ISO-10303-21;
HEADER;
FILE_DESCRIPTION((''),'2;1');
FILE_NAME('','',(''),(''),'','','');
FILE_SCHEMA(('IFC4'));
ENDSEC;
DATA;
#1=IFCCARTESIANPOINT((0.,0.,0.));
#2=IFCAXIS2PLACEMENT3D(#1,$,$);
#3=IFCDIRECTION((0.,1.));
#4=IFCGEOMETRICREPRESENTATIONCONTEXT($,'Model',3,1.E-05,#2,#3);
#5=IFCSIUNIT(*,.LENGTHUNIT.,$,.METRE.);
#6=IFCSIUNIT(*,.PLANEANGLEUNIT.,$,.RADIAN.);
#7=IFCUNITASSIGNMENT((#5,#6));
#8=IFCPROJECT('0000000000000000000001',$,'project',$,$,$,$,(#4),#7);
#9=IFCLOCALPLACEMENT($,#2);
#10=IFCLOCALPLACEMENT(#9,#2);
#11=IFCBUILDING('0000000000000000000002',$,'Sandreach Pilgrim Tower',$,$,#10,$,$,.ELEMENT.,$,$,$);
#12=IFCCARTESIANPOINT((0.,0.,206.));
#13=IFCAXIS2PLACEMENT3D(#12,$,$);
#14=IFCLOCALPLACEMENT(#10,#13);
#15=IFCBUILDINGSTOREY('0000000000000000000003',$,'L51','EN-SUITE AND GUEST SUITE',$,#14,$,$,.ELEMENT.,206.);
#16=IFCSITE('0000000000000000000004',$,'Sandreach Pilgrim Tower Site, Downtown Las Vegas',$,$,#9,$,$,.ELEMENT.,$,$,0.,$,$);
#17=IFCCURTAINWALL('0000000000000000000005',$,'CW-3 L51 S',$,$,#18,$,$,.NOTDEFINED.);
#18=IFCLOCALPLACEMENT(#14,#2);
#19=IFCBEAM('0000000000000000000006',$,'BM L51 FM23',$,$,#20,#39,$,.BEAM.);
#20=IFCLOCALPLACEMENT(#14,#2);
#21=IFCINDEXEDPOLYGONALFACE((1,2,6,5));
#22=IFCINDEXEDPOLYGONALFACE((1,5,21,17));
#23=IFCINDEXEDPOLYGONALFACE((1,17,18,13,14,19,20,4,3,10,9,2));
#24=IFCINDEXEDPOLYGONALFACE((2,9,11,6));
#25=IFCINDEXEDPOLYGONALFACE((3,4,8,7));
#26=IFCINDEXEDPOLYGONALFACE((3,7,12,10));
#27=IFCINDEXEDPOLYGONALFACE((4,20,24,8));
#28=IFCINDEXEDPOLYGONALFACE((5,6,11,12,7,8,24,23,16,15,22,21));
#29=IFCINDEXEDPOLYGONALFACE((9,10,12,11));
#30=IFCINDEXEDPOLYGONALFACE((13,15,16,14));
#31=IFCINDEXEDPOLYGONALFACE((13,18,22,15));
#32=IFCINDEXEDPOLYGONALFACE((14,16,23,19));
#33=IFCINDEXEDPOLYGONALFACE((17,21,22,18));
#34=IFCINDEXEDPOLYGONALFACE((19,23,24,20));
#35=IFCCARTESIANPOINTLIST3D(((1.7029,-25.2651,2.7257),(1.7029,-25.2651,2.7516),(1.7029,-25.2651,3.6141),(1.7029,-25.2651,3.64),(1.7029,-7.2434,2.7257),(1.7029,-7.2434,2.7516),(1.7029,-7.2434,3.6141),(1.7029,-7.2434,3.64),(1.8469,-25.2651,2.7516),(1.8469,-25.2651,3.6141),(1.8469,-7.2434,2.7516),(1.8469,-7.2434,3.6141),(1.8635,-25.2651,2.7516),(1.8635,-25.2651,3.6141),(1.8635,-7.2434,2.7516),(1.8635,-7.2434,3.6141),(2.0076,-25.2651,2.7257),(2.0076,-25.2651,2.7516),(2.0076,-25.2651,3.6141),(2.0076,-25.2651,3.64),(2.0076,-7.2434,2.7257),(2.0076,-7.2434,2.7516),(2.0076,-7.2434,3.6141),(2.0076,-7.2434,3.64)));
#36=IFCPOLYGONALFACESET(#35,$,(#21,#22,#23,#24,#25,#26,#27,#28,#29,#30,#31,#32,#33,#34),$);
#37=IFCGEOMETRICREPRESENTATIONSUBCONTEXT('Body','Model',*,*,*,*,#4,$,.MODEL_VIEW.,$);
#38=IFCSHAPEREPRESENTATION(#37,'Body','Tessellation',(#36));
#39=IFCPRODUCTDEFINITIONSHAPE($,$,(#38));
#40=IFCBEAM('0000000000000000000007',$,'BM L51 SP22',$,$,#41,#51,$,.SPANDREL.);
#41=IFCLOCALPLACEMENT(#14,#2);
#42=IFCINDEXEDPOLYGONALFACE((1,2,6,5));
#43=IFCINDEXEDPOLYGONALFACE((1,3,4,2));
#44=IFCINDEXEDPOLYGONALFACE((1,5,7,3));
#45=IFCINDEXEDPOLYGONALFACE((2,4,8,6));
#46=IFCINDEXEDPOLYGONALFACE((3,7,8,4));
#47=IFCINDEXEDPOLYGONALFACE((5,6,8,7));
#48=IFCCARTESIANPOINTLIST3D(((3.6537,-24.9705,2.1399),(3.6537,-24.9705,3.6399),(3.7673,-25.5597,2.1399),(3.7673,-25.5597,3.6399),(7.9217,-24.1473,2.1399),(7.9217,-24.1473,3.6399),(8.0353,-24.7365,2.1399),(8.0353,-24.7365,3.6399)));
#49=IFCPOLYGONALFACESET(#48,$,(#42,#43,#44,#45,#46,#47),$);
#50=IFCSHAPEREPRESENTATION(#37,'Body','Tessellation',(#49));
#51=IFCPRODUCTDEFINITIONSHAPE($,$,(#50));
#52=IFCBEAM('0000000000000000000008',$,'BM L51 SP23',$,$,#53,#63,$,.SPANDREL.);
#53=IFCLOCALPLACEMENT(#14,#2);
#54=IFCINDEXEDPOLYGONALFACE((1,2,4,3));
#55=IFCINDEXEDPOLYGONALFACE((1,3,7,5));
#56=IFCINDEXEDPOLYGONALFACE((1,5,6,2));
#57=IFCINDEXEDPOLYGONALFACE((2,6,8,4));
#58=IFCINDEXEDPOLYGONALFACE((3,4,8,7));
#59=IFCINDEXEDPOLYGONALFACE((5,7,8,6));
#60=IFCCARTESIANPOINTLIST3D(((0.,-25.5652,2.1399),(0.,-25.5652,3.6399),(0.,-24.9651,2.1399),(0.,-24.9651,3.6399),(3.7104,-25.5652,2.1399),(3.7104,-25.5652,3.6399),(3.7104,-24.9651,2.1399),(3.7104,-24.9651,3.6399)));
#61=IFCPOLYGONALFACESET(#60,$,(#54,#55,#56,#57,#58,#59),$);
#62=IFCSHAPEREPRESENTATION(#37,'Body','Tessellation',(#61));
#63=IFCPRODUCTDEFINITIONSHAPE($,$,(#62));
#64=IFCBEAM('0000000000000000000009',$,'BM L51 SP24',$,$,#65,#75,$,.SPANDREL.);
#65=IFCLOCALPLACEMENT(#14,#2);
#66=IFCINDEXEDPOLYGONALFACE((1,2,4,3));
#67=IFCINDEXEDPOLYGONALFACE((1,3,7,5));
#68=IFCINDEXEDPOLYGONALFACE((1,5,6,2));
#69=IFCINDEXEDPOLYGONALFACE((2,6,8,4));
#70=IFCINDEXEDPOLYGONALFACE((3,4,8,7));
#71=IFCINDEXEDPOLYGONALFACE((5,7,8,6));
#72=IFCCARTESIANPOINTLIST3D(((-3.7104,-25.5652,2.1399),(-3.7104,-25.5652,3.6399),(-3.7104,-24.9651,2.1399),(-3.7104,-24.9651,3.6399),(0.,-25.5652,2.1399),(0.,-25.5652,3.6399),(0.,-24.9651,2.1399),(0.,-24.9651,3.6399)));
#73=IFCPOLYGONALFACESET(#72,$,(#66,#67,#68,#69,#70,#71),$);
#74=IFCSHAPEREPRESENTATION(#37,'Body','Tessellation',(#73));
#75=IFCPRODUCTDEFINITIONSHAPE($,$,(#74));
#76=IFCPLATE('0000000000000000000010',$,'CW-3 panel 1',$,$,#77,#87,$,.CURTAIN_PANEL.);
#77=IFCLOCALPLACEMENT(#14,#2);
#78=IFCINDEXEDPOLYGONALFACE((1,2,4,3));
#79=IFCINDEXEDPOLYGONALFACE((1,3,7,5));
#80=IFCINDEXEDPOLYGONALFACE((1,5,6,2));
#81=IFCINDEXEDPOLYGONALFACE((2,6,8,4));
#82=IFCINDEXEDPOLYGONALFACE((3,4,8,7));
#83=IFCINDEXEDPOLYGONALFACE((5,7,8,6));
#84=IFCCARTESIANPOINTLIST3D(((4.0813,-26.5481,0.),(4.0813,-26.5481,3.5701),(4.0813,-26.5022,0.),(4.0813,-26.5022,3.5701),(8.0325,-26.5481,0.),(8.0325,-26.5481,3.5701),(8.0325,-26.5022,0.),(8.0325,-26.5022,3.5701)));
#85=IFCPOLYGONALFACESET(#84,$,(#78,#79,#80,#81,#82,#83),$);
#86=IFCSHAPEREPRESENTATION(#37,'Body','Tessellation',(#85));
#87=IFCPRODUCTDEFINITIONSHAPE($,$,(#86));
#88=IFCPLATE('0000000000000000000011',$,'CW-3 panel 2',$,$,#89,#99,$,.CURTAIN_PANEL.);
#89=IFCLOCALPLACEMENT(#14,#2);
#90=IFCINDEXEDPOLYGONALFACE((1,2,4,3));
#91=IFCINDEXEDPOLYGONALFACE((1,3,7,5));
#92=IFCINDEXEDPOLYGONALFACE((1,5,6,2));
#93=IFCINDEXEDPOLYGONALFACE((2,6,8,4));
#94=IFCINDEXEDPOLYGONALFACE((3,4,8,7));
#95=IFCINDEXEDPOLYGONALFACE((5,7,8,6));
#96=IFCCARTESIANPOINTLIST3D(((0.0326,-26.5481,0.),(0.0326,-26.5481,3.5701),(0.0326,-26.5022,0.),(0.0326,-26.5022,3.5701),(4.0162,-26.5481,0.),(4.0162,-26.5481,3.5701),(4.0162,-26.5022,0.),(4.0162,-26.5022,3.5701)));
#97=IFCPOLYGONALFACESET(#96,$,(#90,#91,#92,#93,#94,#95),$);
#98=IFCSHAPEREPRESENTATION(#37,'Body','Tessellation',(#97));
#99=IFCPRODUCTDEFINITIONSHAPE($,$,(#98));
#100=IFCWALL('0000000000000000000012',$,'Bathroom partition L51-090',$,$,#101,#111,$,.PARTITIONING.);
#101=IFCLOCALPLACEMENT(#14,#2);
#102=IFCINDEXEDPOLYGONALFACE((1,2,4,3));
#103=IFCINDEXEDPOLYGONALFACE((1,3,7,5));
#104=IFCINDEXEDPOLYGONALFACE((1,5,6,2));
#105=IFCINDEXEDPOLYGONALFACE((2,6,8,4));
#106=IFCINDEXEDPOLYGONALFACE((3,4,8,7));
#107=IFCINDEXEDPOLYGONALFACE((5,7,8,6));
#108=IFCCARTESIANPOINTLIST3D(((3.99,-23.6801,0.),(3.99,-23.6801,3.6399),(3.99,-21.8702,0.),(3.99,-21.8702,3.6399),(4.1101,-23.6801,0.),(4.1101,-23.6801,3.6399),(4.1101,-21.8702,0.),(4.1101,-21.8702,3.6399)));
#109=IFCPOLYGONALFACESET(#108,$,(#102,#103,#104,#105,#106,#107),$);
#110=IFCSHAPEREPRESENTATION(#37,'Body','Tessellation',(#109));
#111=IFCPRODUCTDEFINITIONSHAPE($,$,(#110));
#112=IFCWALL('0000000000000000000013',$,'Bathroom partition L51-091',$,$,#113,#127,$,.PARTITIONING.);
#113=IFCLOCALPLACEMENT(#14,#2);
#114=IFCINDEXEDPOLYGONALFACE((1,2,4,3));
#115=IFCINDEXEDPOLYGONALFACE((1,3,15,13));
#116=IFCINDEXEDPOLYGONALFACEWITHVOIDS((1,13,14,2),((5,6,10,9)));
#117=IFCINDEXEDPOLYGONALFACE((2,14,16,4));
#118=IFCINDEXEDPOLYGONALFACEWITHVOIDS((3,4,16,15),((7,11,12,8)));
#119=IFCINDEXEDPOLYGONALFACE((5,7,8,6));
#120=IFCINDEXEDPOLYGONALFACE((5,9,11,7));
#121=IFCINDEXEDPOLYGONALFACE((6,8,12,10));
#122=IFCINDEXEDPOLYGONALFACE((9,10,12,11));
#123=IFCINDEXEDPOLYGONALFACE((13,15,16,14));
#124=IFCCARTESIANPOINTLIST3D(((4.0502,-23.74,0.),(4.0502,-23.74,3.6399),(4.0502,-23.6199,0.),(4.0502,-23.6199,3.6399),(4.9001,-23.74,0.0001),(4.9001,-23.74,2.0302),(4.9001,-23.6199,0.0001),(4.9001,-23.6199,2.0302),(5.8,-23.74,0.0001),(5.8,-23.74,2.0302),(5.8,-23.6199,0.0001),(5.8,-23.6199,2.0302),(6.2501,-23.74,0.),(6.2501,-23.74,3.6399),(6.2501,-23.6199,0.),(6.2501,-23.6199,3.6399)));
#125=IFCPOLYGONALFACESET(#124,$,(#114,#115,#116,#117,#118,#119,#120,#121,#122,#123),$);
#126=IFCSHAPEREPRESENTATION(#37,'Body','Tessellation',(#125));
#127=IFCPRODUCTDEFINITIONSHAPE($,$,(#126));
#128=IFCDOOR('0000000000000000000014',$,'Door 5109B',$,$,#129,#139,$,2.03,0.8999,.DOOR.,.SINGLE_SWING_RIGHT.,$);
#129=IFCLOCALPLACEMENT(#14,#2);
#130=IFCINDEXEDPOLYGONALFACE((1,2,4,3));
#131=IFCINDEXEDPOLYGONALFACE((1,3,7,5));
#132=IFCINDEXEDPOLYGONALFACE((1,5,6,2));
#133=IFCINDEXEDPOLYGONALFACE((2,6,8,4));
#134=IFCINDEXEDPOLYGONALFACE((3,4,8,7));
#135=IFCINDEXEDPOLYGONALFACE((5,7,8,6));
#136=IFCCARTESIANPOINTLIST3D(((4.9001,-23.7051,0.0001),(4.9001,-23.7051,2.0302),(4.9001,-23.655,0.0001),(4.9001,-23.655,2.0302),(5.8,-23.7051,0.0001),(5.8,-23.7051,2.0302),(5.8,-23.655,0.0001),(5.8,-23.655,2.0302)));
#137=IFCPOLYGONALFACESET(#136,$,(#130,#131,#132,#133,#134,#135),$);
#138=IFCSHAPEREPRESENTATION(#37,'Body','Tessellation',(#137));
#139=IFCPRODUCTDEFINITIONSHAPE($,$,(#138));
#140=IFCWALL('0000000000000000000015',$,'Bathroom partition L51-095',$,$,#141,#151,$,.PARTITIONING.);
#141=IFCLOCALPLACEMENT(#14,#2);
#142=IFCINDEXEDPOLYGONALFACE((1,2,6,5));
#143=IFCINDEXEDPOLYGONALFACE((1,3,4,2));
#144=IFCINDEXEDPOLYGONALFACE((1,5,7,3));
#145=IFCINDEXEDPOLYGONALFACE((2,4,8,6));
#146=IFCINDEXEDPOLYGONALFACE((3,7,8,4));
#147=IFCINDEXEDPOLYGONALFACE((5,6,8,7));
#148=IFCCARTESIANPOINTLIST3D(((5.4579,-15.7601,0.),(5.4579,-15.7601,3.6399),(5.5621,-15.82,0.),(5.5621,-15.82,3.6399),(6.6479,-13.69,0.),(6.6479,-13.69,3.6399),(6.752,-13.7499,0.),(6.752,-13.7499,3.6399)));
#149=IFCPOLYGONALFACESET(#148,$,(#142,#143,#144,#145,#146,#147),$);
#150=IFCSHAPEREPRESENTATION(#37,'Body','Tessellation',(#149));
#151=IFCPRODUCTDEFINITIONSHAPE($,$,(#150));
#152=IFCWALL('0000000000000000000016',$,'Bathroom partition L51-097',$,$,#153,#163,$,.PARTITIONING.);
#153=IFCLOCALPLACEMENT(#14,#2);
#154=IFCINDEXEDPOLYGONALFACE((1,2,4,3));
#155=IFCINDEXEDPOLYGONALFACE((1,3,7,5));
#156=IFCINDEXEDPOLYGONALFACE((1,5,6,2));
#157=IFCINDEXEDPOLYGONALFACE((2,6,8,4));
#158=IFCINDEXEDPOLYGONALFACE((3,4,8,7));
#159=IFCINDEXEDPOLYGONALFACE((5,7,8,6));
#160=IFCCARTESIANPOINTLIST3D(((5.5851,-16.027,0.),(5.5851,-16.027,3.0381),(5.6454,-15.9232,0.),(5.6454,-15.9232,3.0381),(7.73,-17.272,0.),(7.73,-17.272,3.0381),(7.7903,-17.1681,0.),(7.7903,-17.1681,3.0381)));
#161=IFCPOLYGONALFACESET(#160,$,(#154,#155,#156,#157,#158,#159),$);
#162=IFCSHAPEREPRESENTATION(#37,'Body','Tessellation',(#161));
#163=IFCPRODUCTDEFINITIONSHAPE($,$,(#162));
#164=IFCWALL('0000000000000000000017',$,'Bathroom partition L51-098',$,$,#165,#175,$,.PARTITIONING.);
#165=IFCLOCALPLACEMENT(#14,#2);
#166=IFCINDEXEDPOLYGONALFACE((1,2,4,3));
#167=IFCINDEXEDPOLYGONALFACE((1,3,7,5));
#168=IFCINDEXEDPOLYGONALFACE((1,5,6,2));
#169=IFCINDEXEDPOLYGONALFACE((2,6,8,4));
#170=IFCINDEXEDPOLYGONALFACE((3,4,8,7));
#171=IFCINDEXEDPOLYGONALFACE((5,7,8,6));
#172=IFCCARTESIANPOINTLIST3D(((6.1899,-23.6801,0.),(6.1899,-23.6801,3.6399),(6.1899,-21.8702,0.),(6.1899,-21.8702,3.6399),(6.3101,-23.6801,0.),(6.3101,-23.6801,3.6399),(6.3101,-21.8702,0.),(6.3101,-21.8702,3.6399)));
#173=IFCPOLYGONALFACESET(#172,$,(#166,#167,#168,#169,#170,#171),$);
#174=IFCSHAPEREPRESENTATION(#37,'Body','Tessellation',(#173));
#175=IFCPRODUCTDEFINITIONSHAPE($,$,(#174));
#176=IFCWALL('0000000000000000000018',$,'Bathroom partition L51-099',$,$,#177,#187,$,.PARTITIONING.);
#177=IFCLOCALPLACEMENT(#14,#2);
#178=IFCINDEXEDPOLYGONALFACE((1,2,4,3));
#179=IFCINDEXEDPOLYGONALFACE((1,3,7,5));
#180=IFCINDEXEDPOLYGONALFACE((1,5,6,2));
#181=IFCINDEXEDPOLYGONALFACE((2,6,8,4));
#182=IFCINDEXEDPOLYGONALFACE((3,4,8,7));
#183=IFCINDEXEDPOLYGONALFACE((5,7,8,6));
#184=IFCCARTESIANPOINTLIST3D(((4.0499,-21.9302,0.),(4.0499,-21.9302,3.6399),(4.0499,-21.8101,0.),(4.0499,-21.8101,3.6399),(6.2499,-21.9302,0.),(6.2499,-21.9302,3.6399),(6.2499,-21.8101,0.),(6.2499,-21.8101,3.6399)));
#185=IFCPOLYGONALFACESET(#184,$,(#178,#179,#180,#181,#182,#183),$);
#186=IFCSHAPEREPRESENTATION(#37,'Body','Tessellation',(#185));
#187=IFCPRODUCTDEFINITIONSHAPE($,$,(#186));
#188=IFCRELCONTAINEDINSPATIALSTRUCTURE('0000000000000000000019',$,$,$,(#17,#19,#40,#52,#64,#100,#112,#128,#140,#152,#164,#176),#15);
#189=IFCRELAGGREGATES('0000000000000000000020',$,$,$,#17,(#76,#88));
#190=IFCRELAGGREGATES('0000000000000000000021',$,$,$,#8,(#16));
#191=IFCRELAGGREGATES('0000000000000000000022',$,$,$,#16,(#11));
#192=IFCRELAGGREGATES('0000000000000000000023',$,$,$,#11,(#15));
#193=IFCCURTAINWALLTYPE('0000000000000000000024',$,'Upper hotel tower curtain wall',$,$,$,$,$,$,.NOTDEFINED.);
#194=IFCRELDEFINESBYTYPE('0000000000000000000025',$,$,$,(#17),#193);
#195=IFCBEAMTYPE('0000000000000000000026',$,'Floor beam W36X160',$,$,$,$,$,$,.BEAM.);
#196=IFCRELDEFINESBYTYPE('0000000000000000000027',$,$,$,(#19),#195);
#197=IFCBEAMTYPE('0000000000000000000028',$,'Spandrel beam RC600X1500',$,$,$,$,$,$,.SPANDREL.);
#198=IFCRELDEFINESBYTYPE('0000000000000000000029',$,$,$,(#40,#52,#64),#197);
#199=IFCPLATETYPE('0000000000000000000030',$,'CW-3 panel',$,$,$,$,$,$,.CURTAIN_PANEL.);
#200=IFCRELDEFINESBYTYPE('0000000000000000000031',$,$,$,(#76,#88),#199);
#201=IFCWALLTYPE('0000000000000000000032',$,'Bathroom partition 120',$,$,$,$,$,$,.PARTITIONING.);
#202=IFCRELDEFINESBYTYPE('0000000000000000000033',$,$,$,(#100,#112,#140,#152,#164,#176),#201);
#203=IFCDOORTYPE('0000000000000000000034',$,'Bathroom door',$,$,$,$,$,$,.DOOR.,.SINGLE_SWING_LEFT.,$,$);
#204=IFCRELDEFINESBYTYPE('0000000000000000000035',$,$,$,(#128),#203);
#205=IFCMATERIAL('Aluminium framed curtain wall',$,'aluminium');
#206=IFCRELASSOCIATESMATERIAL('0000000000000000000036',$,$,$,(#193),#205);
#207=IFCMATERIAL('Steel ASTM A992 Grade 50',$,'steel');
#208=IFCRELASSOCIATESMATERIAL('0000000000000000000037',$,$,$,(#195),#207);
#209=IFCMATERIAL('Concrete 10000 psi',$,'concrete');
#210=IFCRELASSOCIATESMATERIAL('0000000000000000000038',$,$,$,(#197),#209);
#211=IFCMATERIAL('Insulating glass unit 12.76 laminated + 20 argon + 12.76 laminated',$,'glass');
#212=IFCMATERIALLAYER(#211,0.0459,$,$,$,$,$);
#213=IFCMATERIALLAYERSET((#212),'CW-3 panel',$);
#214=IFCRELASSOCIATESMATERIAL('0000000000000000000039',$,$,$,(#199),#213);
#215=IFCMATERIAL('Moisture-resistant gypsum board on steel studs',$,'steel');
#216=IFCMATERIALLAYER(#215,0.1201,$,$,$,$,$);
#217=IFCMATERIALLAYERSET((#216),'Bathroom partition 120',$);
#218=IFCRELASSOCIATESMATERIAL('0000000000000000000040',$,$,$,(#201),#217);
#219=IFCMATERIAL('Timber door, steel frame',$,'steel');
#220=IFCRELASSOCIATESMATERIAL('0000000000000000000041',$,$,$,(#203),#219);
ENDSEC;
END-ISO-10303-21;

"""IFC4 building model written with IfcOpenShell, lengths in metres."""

from ifc_helpers import new_model, si_unit, direction, frame, frame_2d, origin, origin_2d, place, context, subcontext, project, spatial, rectangle, i_section, extrude, material, layer, layer_set, material_profile, profile_set, type_object, element, fill, aggregate, save


model = new_model("IFC4")

# Units and contexts
model_context = context("Model", 3, precision=1e-05, world=origin(), true_north=direction((0.0, 1.0)))
body_context = subcontext(model_context, "Body", "Model", "MODEL_VIEW")
ifc_project = project(units=[si_unit("LENGTHUNIT", "METRE"), si_unit("PLANEANGLEUNIT", "RADIAN")], contexts=[model_context])

# Site, building, storey
site_placement = place(None, origin())
site = spatial("IfcSite", under=ifc_project, at=site_placement, Name="Sandreach Pilgrim Tower Site, Downtown Las Vegas", CompositionType="ELEMENT", RefElevation=0.0)
building_placement = place(site_placement, origin())
building = spatial("IfcBuilding", under=site, at=building_placement, Name="Sandreach Pilgrim Tower", CompositionType="ELEMENT")
storey_placement = place(building_placement, frame((0.0, 0.0, 206.0)))
storey = spatial("IfcBuildingStorey", under=building, at=storey_placement, Name="L51", Description="EN-SUITE AND GUEST SUITE", CompositionType="ELEMENT", Elevation=206.0)

# Curtain wall
ifc_material_1 = material(Name="Aluminium framed curtain wall", Category="aluminium")
curtain_wall_type = type_object("IfcCurtainWallType", Name="Upper hotel tower curtain wall", PredefinedType="NOTDEFINED", material=ifc_material_1)
curtain_wall_placement = place(storey_placement, origin())
curtain_wall = element("IfcCurtainWall", 1, at=curtain_wall_placement, inside=storey, type_object=curtain_wall_type, Name="CW-3 L51 S", PredefinedType="NOTDEFINED")

# Beams
ifc_material_2 = material(Name="Steel ASTM A992 Grade 50", Category="steel")
ifc_material_profile_1 = material_profile(ifc_material_2, i_section(OverallWidth=0.3047, OverallDepth=0.9143, WebThickness=0.0166, FlangeThickness=0.0259, at=origin_2d()), Name="W36X160")
ifc_profile_set_1 = profile_set([ifc_material_profile_1], Name="Steel ASTM A992 Grade 50")
beam_type_1 = type_object("IfcBeamType", Name="Floor beam W36X160", PredefinedType="BEAM", material=ifc_profile_set_1)
beam_1_placement = place(storey_placement, frame((1.8552, -25.2651, 3.1829), z_axis=(0.0, 1.0, 0.0), x_axis=(-1.0, 0.0, 0.0)))
element("IfcBeam", 2, at=beam_1_placement, inside=storey, type_object=beam_type_1, Name="BM L51 FM23", PredefinedType="BEAM", context=body_context, shape_type="SweptSolid", body=[
    extrude(i_section(OverallWidth=0.3047, OverallDepth=0.9143, WebThickness=0.0166, FlangeThickness=0.0259, at=origin_2d()), origin(), (0.0, 0.0, 1.0), 18.0217),
])
ifc_material_3 = material(Name="Concrete 10000 psi", Category="concrete")
ifc_material_profile_2 = material_profile(ifc_material_3, rectangle(XDim=0.6001, YDim=1.5, at=origin_2d()), Name="RC600X1500")
ifc_profile_set_2 = profile_set([ifc_material_profile_2], Name="Concrete 10000 psi")
beam_type_2 = type_object("IfcBeamType", Name="Spandrel beam RC600X1500", PredefinedType="SPANDREL", material=ifc_profile_set_2)
beam_2_placement = place(storey_placement, frame((7.9785, -24.4419, 2.8899), z_axis=(-0.981901, -0.189393, 0.0), x_axis=(0.189393, -0.981901, 0.0)))
element("IfcBeam", 3, at=beam_2_placement, inside=storey, type_object=beam_type_2, Name="BM L51 SP22", PredefinedType="SPANDREL", context=body_context, shape_type="SweptSolid", body=[
    extrude(rectangle(XDim=0.6001, YDim=1.5, at=origin_2d()), origin(), (0.0, 0.0, 1.0), 4.3467),
])
for number, where, z_axis, x_axis, name in (
    (4, (3.7104, -25.2651, 2.8899), (-1.0, 0.0, 0.0), (0.0, -1.0, 0.0), "BM L51 SP23"),
    (5, (0.0, -25.2651, 2.8899), (-1.0, 0.0, 0.0), (0.0, -1.0, 0.0), "BM L51 SP24"),
):
    element("IfcBeam", number, at=place(storey_placement, frame(where, z_axis=z_axis, x_axis=x_axis)), inside=storey, type_object=beam_type_2, Name=name, PredefinedType="SPANDREL", context=body_context, shape_type="SweptSolid", body=[
        extrude(rectangle(XDim=0.6001, YDim=1.5, at=origin_2d()), origin(), (0.0, 0.0, 1.0), 3.7104),
    ])

# Plates
ifc_material_4 = material(Name="Insulating glass unit 12.76 laminated + 20 argon + 12.76 laminated", Category="glass")
ifc_layer_1 = layer(ifc_material_4, 0.0459)
ifc_layer_set_1 = layer_set([ifc_layer_1], Name="CW-3 panel")
plate_type = type_object("IfcPlateType", Name="CW-3 panel", PredefinedType="CURTAIN_PANEL", material=ifc_layer_set_1)
plate_1_placement = place(storey_placement, frame((6.0569, -26.5251, 0.0), z_axis=(0.0, 0.0, 1.0), x_axis=(-1.0, 0.0, 0.0)))
plate_1 = element("IfcPlate", 6, at=plate_1_placement, type_object=plate_type, Name="CW-3 panel 1", PredefinedType="CURTAIN_PANEL", context=body_context, shape_type="SweptSolid", body=[
    extrude(rectangle(XDim=3.9512, YDim=0.0459, at=origin_2d()), origin(), (0.0, 0.0, 1.0), 3.5701),
])
plate_2_placement = place(storey_placement, frame((2.0244, -26.5251, 0.0), z_axis=(0.0, 0.0, 1.0), x_axis=(-1.0, 0.0, 0.0)))
plate_2 = element("IfcPlate", 7, at=plate_2_placement, type_object=plate_type, Name="CW-3 panel 2", PredefinedType="CURTAIN_PANEL", context=body_context, shape_type="SweptSolid", body=[
    extrude(rectangle(XDim=3.9836, YDim=0.0459, at=origin_2d()), origin(), (0.0, 0.0, 1.0), 3.5701),
])
aggregate(curtain_wall, [plate_1, plate_2])

# Wall
ifc_material_5 = material(Name="Moisture-resistant gypsum board on steel studs", Category="steel")
ifc_layer_2 = layer(ifc_material_5, 0.1201)
ifc_layer_set_2 = layer_set([ifc_layer_2], Name="Bathroom partition 120")
wall_type_1 = type_object("IfcWallType", Name="Bathroom partition 120", PredefinedType="PARTITIONING", material=ifc_layer_set_2)
wall_1_placement = place(storey_placement, frame((4.05, -23.6799, 0.0), z_axis=(0.0, 0.0, 1.0), x_axis=(0.0, 1.0, 0.0)))
element("IfcWall", 8, at=wall_1_placement, inside=storey, type_object=wall_type_1, Name="Bathroom partition L51-090", PredefinedType="PARTITIONING", context=body_context, shape_type="SweptSolid", body=[
    extrude(rectangle(XDim=1.8098, YDim=0.1201, at=frame_2d((0.9048, 0.0))), origin(), (0.0, 0.0, 1.0), 3.6399),
])

# Wall, opening, door
wall_2_placement = place(storey_placement, frame((4.05, -23.6799, 0.0), z_axis=(0.0, 0.0, 1.0), x_axis=(1.0, 0.0, 0.0)))
wall_2 = element("IfcWall", 9, at=wall_2_placement, inside=storey, type_object=wall_type_1, Name="Bathroom partition L51-091", PredefinedType="PARTITIONING", context=body_context, shape_type="SweptSolid", body=[
    extrude(rectangle(XDim=2.2, YDim=0.1201, at=frame_2d((1.1001, 0.0))), origin(), (0.0, 0.0, 1.0), 3.6399),
])
opening_1_placement = place(wall_2_placement, frame((0.8501, 0.0, 0.0)))
opening_1 = element("IfcOpeningElement", 10, at=opening_1_placement, cuts=wall_2, PredefinedType="OPENING", context=body_context, shape_type="SweptSolid", body=[
    extrude(rectangle(XDim=0.8999, YDim=2.03, at=frame_2d((0.45, 1.0151))), frame((0.0, 0.0601, 0.0), z_axis=(0.0, -1.0, 0.0), x_axis=(1.0, 0.0, 0.0)), (0.0, 0.0, 1.0), 0.1201),
])
ifc_material_6 = material(Name="Timber door, steel frame", Category="steel")
door_type_1 = type_object("IfcDoorType", Name="Bathroom door", OperationType="SINGLE_SWING_LEFT", PredefinedType="DOOR", material=ifc_material_6)
door_1_placement = place(opening_1_placement, origin())
door_1 = element("IfcDoor", 11, at=door_1_placement, inside=storey, type_object=door_type_1, Name="Door 5109B", OperationType="SINGLE_SWING_RIGHT", OverallHeight=2.03, OverallWidth=0.8999, PredefinedType="DOOR", context=body_context, shape_type="SweptSolid", body=[
    extrude(rectangle(XDim=0.8999, YDim=2.03, at=frame_2d((0.45, 1.0151))), frame((0.0, 0.0249, 0.0), z_axis=(0.0, -1.0, 0.0), x_axis=(1.0, 0.0, 0.0)), (0.0, 0.0, 1.0), 0.05),
])
fill(opening_1, door_1)

# Walls
wall_3_placement = place(storey_placement, frame((5.51, -15.79, 0.0), z_axis=(0.0, 0.0, 1.0), x_axis=(0.498362, 0.866969, 0.0)))
element("IfcWall", 12, at=wall_3_placement, inside=storey, type_object=wall_type_1, Name="Bathroom partition L51-095", PredefinedType="PARTITIONING", context=body_context, shape_type="SweptSolid", body=[
    extrude(rectangle(XDim=2.3877, YDim=0.1201, at=frame_2d((1.1938, 0.0))), origin(), (0.0, 0.0, 1.0), 3.6399),
])
wall_4_placement = place(storey_placement, frame((5.6152, -15.9751, 0.0), z_axis=(0.0, 0.0, 1.0), x_axis=(0.864873, -0.501991, 0.0)))
element("IfcWall", 13, at=wall_4_placement, inside=storey, type_object=wall_type_1, Name="Bathroom partition L51-097", PredefinedType="PARTITIONING", context=body_context, shape_type="SweptSolid", body=[
    extrude(rectangle(XDim=2.48, YDim=0.1201, at=frame_2d((1.24, 0.0))), origin(), (0.0, 0.0, 1.0), 3.0381),
])
wall_5_placement = place(storey_placement, frame((6.25, -23.6799, 0.0), z_axis=(0.0, 0.0, 1.0), x_axis=(0.0, 1.0, 0.0)))
element("IfcWall", 14, at=wall_5_placement, inside=storey, type_object=wall_type_1, Name="Bathroom partition L51-098", PredefinedType="PARTITIONING", context=body_context, shape_type="SweptSolid", body=[
    extrude(rectangle(XDim=1.8098, YDim=0.1201, at=frame_2d((0.9048, 0.0))), origin(), (0.0, 0.0, 1.0), 3.6399),
])
wall_6_placement = place(storey_placement, frame((6.25, -21.8701, 0.0), z_axis=(0.0, 0.0, 1.0), x_axis=(-1.0, 0.0, 0.0)))
element("IfcWall", 15, at=wall_6_placement, inside=storey, type_object=wall_type_1, Name="Bathroom partition L51-099", PredefinedType="PARTITIONING", context=body_context, shape_type="SweptSolid", body=[
    extrude(rectangle(XDim=2.2, YDim=0.1201, at=frame_2d((1.1001, 0.0))), origin(), (0.0, 0.0, 1.0), 3.6399),
])

save(model, "model.ifc")
